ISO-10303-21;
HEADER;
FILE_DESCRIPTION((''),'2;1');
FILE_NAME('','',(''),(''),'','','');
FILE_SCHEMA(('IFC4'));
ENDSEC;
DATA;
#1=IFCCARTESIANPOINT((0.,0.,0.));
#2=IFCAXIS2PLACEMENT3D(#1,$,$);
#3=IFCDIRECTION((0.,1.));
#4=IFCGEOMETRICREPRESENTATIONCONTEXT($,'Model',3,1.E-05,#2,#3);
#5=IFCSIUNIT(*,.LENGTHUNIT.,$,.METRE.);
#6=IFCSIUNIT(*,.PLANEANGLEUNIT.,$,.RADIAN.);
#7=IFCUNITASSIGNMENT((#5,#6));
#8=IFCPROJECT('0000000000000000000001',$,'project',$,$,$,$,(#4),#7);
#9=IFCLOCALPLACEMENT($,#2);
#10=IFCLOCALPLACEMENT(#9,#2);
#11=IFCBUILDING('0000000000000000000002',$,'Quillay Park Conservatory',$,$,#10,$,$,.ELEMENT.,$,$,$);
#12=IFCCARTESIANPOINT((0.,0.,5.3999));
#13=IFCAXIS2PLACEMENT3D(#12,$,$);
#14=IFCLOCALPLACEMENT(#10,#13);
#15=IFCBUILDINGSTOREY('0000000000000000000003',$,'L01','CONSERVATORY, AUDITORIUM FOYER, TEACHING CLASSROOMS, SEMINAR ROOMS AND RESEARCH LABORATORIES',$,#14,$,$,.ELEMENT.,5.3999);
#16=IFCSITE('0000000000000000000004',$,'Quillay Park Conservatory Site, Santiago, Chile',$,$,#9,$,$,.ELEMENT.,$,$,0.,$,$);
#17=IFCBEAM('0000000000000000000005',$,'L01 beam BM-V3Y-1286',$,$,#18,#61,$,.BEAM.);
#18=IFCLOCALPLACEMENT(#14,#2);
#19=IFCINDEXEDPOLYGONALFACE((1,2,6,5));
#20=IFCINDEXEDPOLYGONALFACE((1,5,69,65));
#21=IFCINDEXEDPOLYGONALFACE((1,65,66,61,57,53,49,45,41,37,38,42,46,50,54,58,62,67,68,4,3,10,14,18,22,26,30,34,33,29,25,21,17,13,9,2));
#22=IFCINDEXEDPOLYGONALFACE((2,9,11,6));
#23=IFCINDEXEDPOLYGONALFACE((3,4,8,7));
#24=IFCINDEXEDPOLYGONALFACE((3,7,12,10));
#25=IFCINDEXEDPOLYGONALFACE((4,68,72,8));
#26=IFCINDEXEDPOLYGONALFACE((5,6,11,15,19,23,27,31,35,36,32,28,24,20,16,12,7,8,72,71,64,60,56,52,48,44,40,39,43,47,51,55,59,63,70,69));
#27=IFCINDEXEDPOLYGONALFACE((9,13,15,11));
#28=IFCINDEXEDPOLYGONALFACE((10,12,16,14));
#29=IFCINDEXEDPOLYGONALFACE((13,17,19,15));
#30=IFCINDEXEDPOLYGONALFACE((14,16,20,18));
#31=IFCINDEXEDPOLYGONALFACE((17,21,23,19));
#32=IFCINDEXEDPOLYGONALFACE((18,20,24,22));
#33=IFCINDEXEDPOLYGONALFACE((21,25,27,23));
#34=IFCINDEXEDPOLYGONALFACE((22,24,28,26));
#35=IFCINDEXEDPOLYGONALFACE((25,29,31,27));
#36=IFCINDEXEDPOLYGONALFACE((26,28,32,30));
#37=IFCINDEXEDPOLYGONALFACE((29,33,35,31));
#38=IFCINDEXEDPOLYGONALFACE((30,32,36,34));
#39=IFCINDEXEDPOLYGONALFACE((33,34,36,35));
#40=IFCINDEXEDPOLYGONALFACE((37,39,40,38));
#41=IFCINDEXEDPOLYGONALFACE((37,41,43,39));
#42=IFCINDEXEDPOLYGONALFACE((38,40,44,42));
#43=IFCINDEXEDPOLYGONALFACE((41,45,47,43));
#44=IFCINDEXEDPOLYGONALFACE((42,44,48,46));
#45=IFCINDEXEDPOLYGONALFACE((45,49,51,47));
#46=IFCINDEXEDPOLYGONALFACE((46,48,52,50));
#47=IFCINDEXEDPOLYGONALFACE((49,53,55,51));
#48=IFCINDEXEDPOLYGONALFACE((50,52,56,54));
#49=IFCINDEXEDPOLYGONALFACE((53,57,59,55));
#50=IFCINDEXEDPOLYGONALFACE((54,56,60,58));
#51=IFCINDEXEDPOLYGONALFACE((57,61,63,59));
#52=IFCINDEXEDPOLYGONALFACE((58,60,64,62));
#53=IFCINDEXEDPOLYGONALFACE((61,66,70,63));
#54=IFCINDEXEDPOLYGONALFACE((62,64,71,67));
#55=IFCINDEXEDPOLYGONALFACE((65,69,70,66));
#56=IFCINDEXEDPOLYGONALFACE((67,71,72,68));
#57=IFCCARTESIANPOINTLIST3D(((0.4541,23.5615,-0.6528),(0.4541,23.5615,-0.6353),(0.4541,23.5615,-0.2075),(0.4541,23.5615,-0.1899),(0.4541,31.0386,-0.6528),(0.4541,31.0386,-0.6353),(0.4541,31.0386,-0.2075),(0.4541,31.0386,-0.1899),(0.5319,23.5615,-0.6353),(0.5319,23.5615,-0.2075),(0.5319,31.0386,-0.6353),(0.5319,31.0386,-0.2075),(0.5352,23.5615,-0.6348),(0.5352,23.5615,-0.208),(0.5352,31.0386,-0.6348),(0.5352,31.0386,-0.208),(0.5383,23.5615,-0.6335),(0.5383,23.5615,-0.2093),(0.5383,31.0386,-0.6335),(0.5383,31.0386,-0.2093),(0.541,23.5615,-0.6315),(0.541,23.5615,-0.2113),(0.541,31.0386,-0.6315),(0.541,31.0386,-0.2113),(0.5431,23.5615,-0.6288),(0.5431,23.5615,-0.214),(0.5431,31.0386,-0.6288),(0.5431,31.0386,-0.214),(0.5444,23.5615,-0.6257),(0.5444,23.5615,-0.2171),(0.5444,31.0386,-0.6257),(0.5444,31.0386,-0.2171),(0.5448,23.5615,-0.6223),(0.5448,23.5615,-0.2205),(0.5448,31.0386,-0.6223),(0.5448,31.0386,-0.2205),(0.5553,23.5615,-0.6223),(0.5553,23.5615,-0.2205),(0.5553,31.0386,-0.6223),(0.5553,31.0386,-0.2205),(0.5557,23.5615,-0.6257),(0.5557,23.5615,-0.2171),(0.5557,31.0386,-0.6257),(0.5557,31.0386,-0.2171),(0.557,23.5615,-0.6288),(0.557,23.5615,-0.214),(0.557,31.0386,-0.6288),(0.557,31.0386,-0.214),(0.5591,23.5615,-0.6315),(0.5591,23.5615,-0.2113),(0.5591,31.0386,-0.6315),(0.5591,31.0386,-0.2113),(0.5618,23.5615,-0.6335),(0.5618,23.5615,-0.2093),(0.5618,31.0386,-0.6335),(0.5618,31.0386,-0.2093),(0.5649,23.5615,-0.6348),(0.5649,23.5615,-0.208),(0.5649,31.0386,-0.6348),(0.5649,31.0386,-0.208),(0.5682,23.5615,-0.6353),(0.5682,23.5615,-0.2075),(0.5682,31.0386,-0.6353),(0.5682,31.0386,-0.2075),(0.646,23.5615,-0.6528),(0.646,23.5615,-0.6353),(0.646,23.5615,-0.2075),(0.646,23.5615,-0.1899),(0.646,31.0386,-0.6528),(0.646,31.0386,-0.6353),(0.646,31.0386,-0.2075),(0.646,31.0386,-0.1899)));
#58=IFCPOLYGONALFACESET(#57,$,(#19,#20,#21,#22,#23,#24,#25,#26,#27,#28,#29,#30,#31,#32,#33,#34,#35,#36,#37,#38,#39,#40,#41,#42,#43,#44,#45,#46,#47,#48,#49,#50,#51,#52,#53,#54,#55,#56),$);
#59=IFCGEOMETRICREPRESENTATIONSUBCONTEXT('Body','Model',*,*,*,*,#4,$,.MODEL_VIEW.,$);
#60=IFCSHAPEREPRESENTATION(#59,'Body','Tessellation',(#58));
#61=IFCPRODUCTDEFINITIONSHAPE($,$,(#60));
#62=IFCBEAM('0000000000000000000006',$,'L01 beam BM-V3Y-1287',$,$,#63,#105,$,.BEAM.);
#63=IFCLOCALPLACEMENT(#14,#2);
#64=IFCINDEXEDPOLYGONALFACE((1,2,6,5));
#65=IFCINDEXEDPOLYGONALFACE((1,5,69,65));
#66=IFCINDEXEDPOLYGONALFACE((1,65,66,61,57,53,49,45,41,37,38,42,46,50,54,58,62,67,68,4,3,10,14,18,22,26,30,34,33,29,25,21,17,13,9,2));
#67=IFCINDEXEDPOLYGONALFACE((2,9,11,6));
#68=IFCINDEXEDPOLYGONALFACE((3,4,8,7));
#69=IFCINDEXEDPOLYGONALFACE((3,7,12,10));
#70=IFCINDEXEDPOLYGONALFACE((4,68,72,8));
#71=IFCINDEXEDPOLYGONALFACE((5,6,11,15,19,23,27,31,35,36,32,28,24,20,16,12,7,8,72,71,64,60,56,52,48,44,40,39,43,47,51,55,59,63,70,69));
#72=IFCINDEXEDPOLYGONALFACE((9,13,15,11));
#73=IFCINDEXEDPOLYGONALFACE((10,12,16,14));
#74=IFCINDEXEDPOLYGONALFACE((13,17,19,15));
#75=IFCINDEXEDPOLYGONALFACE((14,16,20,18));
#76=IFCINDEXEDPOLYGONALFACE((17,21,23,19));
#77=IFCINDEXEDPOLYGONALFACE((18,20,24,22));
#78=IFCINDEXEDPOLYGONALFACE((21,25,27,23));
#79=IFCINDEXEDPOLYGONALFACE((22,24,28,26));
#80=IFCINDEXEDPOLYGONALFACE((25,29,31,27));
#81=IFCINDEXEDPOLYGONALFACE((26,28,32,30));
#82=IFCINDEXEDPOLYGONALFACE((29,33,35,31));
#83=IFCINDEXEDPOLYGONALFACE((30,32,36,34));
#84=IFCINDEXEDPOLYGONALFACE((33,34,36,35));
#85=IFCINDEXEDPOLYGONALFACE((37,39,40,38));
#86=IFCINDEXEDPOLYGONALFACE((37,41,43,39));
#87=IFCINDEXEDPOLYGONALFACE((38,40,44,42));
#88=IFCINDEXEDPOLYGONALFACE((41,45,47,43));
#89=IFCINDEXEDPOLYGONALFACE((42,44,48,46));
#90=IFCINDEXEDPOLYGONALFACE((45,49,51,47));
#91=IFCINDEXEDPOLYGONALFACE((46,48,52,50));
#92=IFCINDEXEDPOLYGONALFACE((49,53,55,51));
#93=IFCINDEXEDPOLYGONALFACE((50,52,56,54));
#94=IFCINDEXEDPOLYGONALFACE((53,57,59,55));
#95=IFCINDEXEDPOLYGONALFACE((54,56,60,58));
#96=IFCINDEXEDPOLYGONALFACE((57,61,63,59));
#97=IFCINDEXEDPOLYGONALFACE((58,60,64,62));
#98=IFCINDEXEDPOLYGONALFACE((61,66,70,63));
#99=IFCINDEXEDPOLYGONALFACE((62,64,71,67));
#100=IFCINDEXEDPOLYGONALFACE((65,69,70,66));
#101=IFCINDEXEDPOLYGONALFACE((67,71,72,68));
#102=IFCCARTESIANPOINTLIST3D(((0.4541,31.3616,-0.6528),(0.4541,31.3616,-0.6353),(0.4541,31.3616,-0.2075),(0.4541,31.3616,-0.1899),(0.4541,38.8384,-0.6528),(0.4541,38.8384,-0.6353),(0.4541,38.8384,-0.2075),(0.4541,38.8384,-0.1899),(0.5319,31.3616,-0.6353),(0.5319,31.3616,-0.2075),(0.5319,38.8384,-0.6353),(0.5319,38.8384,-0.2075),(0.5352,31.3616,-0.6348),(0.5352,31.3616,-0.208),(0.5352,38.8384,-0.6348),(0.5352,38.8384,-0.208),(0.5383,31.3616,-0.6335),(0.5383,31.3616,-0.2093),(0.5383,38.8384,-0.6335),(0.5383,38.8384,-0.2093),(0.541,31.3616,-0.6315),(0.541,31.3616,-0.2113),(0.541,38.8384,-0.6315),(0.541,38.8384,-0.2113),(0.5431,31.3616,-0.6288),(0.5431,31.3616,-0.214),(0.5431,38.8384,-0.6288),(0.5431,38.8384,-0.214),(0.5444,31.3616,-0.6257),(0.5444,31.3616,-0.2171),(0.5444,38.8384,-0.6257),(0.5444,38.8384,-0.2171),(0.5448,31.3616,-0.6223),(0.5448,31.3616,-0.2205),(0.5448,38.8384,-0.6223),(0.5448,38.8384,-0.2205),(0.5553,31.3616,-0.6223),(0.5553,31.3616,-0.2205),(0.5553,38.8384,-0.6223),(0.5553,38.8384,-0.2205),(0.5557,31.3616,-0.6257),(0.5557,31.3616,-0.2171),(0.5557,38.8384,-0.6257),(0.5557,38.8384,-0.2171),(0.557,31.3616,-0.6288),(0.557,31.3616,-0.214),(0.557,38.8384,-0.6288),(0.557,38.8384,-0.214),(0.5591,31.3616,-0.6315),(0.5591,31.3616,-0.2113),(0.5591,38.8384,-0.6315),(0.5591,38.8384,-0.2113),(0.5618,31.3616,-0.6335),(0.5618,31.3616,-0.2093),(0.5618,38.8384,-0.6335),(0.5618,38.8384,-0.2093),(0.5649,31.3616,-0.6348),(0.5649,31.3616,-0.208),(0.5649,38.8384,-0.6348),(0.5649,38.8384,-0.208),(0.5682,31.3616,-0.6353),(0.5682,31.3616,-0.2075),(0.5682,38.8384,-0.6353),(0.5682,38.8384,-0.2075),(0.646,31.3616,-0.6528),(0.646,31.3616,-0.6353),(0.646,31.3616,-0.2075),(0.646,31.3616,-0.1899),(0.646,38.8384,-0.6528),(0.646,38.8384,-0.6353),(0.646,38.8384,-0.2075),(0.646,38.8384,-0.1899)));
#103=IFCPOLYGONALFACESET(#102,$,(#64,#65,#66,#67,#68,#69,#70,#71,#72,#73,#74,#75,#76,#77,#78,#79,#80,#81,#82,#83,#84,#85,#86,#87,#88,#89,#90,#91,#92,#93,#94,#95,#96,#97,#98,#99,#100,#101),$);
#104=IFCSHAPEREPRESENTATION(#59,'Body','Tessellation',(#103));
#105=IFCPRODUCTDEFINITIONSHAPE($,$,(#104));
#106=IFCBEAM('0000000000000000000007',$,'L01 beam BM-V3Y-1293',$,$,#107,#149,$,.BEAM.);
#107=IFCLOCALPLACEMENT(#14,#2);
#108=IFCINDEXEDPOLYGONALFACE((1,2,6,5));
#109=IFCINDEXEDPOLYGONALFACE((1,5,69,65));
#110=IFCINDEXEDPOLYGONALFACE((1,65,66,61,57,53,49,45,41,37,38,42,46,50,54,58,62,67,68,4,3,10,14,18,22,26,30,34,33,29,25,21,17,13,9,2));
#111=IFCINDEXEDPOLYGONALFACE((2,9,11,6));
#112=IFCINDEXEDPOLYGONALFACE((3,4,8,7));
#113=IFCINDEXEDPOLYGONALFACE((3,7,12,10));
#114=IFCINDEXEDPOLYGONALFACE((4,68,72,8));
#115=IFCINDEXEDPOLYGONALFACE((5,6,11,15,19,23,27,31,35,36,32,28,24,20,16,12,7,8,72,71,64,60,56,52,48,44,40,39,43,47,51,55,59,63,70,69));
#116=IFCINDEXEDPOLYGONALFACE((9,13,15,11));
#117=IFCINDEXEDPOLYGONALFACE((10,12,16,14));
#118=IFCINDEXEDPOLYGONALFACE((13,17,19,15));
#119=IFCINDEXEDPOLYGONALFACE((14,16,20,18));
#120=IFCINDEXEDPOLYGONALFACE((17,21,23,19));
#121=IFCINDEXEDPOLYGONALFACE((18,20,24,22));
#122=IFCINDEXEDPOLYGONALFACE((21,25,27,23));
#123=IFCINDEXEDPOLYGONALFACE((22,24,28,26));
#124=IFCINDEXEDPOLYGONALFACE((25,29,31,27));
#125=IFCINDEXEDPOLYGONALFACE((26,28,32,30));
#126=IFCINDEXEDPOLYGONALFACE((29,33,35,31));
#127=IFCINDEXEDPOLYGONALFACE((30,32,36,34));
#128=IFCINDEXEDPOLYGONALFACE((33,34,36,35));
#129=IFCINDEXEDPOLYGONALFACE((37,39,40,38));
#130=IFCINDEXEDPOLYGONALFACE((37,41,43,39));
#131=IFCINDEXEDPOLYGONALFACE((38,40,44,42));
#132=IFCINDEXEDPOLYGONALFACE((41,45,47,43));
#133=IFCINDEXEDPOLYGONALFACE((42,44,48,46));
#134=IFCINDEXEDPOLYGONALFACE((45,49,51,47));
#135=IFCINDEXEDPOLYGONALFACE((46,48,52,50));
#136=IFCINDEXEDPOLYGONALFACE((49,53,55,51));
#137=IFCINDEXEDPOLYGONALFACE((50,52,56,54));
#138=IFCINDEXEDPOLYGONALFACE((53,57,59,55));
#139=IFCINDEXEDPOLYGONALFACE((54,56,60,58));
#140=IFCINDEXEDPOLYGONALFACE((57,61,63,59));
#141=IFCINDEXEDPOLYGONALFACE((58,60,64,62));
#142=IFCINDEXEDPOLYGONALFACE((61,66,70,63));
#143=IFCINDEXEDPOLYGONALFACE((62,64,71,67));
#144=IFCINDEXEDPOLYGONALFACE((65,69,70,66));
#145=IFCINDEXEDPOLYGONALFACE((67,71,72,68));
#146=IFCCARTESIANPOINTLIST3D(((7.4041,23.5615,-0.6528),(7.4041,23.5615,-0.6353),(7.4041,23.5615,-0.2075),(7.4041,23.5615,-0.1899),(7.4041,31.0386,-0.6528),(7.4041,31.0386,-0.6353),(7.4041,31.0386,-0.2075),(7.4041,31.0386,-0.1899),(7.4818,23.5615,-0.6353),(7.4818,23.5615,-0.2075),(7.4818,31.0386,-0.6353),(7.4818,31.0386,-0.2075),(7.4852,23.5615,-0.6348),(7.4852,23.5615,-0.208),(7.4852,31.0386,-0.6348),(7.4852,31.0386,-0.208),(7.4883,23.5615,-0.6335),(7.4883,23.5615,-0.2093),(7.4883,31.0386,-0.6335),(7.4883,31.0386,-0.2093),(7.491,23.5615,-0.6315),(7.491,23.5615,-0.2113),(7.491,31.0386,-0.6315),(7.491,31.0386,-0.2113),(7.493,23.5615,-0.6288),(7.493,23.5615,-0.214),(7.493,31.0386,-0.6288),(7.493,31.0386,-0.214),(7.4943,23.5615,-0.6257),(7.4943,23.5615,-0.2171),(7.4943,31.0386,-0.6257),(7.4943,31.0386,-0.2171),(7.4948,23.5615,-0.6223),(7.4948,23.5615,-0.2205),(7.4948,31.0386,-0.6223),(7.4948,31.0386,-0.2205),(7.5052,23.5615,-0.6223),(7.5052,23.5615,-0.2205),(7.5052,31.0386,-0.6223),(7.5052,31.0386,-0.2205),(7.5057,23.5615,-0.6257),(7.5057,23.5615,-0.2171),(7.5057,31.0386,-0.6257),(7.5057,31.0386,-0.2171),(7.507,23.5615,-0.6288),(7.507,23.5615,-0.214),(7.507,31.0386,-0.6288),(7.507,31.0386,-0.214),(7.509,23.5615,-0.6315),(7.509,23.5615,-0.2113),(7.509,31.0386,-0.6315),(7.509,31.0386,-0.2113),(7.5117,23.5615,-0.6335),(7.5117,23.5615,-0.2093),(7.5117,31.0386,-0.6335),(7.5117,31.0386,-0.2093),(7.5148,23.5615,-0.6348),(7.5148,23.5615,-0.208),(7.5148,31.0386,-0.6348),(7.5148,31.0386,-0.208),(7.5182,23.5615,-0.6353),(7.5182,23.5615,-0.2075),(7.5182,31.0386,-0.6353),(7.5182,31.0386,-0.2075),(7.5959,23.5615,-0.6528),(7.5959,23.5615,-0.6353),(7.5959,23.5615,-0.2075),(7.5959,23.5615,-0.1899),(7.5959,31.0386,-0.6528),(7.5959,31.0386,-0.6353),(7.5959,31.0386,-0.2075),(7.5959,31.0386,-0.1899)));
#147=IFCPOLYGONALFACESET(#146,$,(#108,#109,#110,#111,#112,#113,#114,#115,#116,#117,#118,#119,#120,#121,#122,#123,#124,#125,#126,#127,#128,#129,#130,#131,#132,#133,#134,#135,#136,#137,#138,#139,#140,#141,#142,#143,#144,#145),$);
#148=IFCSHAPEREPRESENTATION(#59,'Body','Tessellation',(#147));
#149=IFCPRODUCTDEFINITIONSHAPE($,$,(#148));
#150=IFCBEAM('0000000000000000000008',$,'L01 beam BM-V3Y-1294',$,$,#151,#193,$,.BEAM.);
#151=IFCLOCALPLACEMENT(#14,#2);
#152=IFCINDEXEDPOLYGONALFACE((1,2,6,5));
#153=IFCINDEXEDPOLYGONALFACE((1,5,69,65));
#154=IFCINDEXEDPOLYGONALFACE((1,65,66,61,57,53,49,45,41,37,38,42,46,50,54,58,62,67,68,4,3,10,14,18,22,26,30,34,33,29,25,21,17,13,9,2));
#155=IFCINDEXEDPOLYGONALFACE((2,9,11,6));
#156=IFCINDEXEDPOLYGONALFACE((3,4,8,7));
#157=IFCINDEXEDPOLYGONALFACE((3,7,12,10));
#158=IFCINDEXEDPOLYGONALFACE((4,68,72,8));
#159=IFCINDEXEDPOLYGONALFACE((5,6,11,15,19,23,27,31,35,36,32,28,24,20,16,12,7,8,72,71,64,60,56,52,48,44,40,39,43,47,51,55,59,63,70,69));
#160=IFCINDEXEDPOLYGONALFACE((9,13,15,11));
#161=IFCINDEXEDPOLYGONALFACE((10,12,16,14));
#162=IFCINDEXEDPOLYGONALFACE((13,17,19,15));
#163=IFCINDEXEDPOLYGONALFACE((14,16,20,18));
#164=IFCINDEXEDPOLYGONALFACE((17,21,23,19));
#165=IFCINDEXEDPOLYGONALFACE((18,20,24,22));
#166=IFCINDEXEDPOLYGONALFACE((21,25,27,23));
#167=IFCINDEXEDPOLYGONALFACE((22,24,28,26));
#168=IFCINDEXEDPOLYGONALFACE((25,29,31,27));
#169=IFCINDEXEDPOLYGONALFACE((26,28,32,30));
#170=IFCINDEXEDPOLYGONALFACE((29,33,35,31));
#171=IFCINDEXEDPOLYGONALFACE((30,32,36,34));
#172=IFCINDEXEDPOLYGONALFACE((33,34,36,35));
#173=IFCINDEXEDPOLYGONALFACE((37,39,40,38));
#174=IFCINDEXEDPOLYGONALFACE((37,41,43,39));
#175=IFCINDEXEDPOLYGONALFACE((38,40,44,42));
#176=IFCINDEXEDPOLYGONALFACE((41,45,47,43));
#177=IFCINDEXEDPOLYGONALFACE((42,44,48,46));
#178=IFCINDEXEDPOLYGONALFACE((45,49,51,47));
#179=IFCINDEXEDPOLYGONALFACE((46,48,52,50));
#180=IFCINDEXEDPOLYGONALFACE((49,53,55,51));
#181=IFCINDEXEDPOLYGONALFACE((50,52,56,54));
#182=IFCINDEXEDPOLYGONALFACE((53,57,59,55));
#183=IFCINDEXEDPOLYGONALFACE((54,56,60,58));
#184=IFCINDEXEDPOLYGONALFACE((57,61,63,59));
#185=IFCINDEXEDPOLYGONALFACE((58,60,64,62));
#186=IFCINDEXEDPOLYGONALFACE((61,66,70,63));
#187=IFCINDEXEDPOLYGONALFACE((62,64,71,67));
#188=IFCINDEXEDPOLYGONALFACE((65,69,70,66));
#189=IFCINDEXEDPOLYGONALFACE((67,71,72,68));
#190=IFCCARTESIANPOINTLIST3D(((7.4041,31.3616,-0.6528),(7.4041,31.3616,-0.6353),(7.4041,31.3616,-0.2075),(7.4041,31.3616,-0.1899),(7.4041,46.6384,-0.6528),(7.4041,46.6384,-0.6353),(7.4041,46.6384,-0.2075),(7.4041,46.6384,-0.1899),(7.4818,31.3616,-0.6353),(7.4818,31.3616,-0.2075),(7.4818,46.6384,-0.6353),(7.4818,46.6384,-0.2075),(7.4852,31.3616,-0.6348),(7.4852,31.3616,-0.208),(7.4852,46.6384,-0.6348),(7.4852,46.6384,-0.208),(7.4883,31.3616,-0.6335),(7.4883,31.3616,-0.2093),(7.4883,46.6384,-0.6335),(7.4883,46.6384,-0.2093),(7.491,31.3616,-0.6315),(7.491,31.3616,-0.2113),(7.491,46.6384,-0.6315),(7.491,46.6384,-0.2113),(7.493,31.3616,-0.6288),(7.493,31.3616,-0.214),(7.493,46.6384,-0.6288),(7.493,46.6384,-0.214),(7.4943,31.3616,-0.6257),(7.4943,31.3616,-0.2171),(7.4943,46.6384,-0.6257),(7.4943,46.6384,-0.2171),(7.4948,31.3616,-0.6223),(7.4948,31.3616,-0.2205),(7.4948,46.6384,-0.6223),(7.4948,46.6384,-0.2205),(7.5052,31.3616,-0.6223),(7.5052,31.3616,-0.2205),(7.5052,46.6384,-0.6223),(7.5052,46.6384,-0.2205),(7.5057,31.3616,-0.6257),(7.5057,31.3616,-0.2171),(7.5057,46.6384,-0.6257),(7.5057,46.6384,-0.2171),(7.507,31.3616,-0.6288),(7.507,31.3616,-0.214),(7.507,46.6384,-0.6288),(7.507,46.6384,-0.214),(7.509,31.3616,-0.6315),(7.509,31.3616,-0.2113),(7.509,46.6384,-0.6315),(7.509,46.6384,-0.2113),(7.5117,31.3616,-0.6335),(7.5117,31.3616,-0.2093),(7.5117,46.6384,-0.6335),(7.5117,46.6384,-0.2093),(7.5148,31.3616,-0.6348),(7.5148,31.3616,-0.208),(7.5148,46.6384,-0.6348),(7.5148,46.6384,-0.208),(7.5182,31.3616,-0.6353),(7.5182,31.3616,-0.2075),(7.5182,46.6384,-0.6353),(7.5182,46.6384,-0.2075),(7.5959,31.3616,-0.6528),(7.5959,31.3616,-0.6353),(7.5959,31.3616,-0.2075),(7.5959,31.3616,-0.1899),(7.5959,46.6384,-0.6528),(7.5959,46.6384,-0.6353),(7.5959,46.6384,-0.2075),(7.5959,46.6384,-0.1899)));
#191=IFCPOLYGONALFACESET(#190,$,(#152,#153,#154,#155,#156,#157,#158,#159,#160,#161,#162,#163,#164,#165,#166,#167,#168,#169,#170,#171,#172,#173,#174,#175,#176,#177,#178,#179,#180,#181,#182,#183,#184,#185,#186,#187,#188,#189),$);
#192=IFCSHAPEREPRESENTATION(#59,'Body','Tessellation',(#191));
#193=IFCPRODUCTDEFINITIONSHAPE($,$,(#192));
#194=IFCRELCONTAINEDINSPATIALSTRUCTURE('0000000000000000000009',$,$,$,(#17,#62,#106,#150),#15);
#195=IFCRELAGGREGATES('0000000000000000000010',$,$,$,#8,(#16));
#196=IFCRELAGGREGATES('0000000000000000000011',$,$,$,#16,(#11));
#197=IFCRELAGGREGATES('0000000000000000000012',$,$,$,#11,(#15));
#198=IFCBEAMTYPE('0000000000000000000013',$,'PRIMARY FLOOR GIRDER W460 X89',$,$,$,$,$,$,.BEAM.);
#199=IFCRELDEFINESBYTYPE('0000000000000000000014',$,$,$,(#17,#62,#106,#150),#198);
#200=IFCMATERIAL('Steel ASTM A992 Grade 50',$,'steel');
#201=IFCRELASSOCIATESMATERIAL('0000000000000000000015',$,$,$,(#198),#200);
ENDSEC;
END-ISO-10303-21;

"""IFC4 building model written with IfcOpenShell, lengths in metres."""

from ifc_helpers import new_model, si_unit, direction, frame, origin, origin_2d, place, context, subcontext, project, spatial, i_section, extrude, material, material_profile, profile_set, type_object, element, save


model = new_model("IFC4")

# Units and contexts
model_context = context("Model", 3, precision=1e-05, world=origin(), true_north=direction((0.0, 1.0)))
body_context = subcontext(model_context, "Body", "Model", "MODEL_VIEW")
ifc_project = project(units=[si_unit("LENGTHUNIT", "METRE"), si_unit("PLANEANGLEUNIT", "RADIAN")], contexts=[model_context])

# Site, building, storey
site_placement = place(None, origin())
site = spatial("IfcSite", under=ifc_project, at=site_placement, Name="Quillay Park Conservatory Site, Santiago, Chile", CompositionType="ELEMENT", RefElevation=0.0)
building_placement = place(site_placement, origin())
building = spatial("IfcBuilding", under=site, at=building_placement, Name="Quillay Park Conservatory", CompositionType="ELEMENT")
storey_placement = place(building_placement, frame((0.0, 0.0, 5.3999)))
storey = spatial("IfcBuildingStorey", under=building, at=storey_placement, Name="L01", Description="CONSERVATORY, AUDITORIUM FOYER, TEACHING CLASSROOMS, SEMINAR ROOMS AND RESEARCH LABORATORIES", CompositionType="ELEMENT", Elevation=5.3999)

# Beams
ifc_material_1 = material(Name="Steel ASTM A992 Grade 50", Category="steel")
ifc_material_profile_1 = material_profile(ifc_material_1, i_section(OverallWidth=0.1919, OverallDepth=0.4629, WebThickness=0.0105, FlangeThickness=0.0176, FilletRadius=0.0129, at=origin_2d()), Name="W460x89")
ifc_profile_set_1 = profile_set([ifc_material_profile_1], Name="Steel ASTM A992 Grade 50")
beam_type_1 = type_object("IfcBeamType", Name="PRIMARY FLOOR GIRDER W460 X89", PredefinedType="BEAM", material=ifc_profile_set_1)
beam_1_placement = place(storey_placement, frame((0.55, 23.5615, -0.4214), z_axis=(0.0, 1.0, 0.0), x_axis=(-1.0, 0.0, 0.0)))
element("IfcBeam", 1, at=beam_1_placement, inside=storey, type_object=beam_type_1, Name="L01 beam BM-V3Y-1286", PredefinedType="BEAM", context=body_context, shape_type="SweptSolid", body=[
    extrude(i_section(OverallWidth=0.1919, OverallDepth=0.4629, WebThickness=0.0105, FlangeThickness=0.0176, FilletRadius=0.0129, at=origin_2d()), origin(), (0.0, 0.0, 1.0), 7.4771),
])
beam_2_placement = place(storey_placement, frame((0.55, 31.3616, -0.4214), z_axis=(0.0, 1.0, 0.0), x_axis=(-1.0, 0.0, 0.0)))
element("IfcBeam", 2, at=beam_2_placement, inside=storey, type_object=beam_type_1, Name="L01 beam BM-V3Y-1287", PredefinedType="BEAM", context=body_context, shape_type="SweptSolid", body=[
    extrude(i_section(OverallWidth=0.1919, OverallDepth=0.4629, WebThickness=0.0105, FlangeThickness=0.0176, FilletRadius=0.0129, at=origin_2d()), origin(), (0.0, 0.0, 1.0), 7.4768),
])
beam_3_placement = place(storey_placement, frame((7.5, 23.5615, -0.4214), z_axis=(0.0, 1.0, 0.0), x_axis=(-1.0, 0.0, 0.0)))
element("IfcBeam", 3, at=beam_3_placement, inside=storey, type_object=beam_type_1, Name="L01 beam BM-V3Y-1293", PredefinedType="BEAM", context=body_context, shape_type="SweptSolid", body=[
    extrude(i_section(OverallWidth=0.1919, OverallDepth=0.4629, WebThickness=0.0105, FlangeThickness=0.0176, FilletRadius=0.0129, at=origin_2d()), origin(), (0.0, 0.0, 1.0), 7.4771),
])
beam_4_placement = place(storey_placement, frame((7.5, 31.3616, -0.4214), z_axis=(0.0, 1.0, 0.0), x_axis=(-1.0, 0.0, 0.0)))
element("IfcBeam", 4, at=beam_4_placement, inside=storey, type_object=beam_type_1, Name="L01 beam BM-V3Y-1294", PredefinedType="BEAM", context=body_context, shape_type="SweptSolid", body=[
    extrude(i_section(OverallWidth=0.1919, OverallDepth=0.4629, WebThickness=0.0105, FlangeThickness=0.0176, FilletRadius=0.0129, at=origin_2d()), origin(), (0.0, 0.0, 1.0), 15.2769),
])

save(model, "model.ifc")
